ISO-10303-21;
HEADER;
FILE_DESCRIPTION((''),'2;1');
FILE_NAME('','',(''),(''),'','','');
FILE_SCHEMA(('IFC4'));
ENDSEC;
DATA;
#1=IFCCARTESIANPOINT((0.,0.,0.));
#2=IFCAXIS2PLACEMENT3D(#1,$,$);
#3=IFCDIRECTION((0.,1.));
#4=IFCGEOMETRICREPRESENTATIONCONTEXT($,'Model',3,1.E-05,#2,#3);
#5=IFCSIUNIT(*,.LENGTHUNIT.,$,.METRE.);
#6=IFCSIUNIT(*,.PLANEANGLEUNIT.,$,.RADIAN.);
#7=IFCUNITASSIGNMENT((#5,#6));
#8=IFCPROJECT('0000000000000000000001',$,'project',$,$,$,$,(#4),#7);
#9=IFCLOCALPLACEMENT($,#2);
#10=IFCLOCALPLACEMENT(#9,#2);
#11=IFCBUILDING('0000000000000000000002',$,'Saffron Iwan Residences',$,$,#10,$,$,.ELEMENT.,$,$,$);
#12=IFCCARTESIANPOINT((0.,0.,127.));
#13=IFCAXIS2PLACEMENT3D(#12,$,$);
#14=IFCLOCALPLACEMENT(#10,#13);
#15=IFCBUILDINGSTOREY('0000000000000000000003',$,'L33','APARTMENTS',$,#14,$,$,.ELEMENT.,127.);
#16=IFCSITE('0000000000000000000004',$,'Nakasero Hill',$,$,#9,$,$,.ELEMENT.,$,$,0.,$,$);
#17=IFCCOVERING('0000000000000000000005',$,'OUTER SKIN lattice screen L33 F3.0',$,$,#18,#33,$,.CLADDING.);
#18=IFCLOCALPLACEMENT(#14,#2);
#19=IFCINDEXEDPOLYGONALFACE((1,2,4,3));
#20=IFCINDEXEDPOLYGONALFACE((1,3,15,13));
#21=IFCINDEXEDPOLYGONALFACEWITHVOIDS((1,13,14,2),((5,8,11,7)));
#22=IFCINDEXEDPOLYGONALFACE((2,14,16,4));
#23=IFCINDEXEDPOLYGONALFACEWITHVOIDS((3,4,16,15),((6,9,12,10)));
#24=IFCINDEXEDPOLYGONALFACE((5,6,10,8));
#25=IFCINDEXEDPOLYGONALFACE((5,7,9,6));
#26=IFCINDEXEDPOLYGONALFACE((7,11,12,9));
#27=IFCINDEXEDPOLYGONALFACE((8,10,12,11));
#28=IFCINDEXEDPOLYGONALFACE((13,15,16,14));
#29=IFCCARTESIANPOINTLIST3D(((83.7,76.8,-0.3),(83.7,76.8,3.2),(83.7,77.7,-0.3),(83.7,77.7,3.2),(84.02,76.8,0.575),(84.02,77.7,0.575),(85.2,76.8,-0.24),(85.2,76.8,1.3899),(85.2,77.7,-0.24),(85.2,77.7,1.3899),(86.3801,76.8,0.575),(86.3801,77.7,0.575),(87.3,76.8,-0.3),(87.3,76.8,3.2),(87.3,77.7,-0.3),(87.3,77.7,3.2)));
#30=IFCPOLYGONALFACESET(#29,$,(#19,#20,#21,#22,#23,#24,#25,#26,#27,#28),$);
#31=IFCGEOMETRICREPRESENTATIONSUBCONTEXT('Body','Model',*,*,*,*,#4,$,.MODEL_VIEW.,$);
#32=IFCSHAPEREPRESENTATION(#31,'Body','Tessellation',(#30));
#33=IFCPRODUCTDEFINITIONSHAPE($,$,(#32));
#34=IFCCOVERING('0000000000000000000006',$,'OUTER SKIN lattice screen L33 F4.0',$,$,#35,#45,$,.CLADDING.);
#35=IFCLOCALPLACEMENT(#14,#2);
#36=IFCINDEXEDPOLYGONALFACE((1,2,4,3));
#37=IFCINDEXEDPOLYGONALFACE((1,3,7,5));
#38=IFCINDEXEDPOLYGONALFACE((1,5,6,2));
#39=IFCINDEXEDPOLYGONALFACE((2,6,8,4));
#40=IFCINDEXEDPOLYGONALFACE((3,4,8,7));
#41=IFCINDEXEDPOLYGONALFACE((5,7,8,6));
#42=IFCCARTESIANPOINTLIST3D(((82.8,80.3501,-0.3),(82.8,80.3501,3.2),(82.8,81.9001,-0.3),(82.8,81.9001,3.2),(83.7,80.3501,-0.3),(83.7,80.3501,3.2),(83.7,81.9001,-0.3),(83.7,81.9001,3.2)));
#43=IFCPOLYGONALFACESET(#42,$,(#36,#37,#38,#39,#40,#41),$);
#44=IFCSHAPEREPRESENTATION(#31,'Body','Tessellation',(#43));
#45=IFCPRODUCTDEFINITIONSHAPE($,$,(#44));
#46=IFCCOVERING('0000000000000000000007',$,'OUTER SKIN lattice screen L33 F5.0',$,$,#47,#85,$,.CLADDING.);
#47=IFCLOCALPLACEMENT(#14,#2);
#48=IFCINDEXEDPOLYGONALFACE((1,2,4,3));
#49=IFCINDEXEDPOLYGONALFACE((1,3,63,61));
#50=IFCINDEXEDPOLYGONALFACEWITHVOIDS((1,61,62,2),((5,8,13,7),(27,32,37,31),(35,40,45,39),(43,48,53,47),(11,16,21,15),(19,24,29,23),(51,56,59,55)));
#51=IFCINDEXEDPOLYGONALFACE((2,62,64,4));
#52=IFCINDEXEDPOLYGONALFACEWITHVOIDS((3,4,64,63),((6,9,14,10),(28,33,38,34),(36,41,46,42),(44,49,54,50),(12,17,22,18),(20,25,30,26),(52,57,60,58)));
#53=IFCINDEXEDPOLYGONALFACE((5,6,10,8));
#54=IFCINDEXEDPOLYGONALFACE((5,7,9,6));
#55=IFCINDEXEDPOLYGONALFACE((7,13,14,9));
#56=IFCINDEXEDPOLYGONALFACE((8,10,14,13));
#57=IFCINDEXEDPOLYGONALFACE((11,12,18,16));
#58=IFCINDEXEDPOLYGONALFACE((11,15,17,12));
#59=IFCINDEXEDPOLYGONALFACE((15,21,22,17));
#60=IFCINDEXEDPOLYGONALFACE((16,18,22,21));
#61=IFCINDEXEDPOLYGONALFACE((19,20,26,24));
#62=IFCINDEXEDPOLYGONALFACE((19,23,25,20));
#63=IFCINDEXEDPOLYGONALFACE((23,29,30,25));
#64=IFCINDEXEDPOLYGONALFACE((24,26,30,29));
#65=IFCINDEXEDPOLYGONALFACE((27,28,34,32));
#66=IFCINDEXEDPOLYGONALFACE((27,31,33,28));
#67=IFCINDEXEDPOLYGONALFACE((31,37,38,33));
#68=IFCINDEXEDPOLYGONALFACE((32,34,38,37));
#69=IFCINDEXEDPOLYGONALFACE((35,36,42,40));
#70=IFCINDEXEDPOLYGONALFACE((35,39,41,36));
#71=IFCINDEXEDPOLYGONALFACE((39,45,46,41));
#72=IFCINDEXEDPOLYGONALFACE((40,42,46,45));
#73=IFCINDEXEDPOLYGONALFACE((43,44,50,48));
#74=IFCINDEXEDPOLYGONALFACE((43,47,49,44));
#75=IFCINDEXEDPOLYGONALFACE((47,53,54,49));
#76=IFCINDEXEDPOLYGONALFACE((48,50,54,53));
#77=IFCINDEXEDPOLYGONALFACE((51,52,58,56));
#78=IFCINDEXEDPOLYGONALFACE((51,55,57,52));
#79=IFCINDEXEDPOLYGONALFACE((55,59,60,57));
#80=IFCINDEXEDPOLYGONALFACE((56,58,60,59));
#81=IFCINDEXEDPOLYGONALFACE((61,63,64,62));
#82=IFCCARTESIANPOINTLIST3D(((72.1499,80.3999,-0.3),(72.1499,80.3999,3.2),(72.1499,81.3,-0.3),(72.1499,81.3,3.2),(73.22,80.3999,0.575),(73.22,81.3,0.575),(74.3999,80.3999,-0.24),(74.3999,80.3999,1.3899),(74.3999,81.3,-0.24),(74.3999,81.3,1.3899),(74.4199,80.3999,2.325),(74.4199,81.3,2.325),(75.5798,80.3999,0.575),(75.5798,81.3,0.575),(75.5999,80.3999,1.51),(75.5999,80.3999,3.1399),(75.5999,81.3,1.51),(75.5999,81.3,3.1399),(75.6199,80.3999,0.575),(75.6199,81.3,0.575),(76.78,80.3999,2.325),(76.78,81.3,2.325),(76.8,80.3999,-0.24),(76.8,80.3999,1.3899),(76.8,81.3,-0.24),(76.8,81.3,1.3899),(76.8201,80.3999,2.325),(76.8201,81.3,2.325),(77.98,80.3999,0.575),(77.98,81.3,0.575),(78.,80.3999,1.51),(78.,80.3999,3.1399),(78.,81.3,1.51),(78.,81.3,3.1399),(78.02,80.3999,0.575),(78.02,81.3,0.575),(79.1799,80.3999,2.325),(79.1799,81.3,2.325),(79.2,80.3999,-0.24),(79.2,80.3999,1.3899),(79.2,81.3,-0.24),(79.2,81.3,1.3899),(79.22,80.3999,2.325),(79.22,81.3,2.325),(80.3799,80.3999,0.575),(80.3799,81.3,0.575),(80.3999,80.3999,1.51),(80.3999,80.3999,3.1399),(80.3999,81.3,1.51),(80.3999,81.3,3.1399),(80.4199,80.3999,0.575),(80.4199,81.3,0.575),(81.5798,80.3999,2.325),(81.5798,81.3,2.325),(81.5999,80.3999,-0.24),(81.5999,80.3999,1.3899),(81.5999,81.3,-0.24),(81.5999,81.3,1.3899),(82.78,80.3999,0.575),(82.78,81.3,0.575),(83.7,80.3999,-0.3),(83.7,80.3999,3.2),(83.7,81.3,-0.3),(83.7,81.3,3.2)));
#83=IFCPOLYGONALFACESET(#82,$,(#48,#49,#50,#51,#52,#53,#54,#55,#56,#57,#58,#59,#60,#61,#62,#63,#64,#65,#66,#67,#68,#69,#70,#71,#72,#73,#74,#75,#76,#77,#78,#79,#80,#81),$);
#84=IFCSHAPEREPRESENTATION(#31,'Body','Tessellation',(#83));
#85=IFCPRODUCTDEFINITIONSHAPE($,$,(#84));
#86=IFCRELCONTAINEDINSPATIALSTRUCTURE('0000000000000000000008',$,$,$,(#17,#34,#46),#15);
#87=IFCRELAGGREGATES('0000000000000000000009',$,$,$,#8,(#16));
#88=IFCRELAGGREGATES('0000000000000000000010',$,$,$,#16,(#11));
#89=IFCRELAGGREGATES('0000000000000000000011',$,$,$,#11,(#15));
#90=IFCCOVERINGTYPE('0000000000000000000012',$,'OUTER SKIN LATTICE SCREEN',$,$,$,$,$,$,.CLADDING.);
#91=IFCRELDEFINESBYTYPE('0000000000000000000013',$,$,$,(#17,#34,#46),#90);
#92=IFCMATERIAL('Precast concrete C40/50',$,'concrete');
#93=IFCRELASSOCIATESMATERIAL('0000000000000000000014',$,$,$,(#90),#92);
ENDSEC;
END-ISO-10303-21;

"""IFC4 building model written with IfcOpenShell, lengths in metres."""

from ifc_helpers import new_model, si_unit, direction, frame, origin, place, context, subcontext, project, spatial, polyline, outline, extrude, material, type_object, element, save


model = new_model("IFC4")

# Units and contexts
model_context = context("Model", 3, precision=1e-05, world=origin(), true_north=direction((0.0, 1.0)))
body_context = subcontext(model_context, "Body", "Model", "MODEL_VIEW")
ifc_project = project(units=[si_unit("LENGTHUNIT", "METRE"), si_unit("PLANEANGLEUNIT", "RADIAN")], contexts=[model_context])

# Site, building, storey
site_placement = place(None, origin())
site = spatial("IfcSite", under=ifc_project, at=site_placement, Name="Nakasero Hill", CompositionType="ELEMENT", RefElevation=0.0)
building_placement = place(site_placement, origin())
building = spatial("IfcBuilding", under=site, at=building_placement, Name="Saffron Iwan Residences", CompositionType="ELEMENT")
storey_placement = place(building_placement, frame((0.0, 0.0, 127.0)))
storey = spatial("IfcBuildingStorey", under=building, at=storey_placement, Name="L33", Description="APARTMENTS", CompositionType="ELEMENT", Elevation=127.0)

# Coverings
ifc_material_1 = material(Name="Precast concrete C40/50", Category="concrete")
covering_type_1 = type_object("IfcCoveringType", Name="OUTER SKIN LATTICE SCREEN", PredefinedType="CLADDING", material=ifc_material_1)
covering_1_placement = place(storey_placement, frame((87.3, 76.8, -0.3), z_axis=(0.0, 1.0, 0.0), x_axis=(-1.0, 0.0, 0.0)))
element("IfcCovering", 1, at=covering_1_placement, inside=storey, type_object=covering_type_1, Name="OUTER SKIN lattice screen L33 F3.0", PredefinedType="CLADDING", context=body_context, shape_type="SweptSolid", body=[
    extrude(outline(polyline([(0.0, 0.0), (3.6001, 0.0), (3.6001, 3.5), (0.0, 3.5), (0.0, 0.0)]), holes=[polyline([(0.9199, 0.875), (2.1001, 0.0601), (3.28, 0.875), (2.1001, 1.6899), (0.9199, 0.875)])]), origin(), (0.0, 0.0, 1.0), 0.8999),
])
covering_2_placement = place(storey_placement, frame((82.8, 80.3501, -0.3), z_axis=(1.0, 0.0, 0.0), x_axis=(0.0, 1.0, 0.0)))
element("IfcCovering", 2, at=covering_2_placement, inside=storey, type_object=covering_type_1, Name="OUTER SKIN lattice screen L33 F4.0", PredefinedType="CLADDING", context=body_context, shape_type="SweptSolid", body=[
    extrude(outline(polyline([(0.0, 0.0), (1.55, 0.0), (1.55, 3.5), (0.0, 3.5), (0.0, 0.0)])), origin(), (0.0, 0.0, 1.0), 0.8999),
])
covering_3_placement = place(storey_placement, frame((83.7, 80.3999, -0.3), z_axis=(0.0, 1.0, 0.0), x_axis=(-1.0, 0.0, 0.0)))
element("IfcCovering", 3, at=covering_3_placement, inside=storey, type_object=covering_type_1, Name="OUTER SKIN lattice screen L33 F5.0", PredefinedType="CLADDING", context=body_context, shape_type="SweptSolid", body=[
    extrude(outline(polyline([(0.0, 0.0), (11.55, 0.0), (11.55, 3.5), (0.0, 3.5), (0.0, 0.0)]), holes=[polyline([(0.9199, 0.875), (2.1001, 0.0601), (3.28, 0.875), (2.1001, 1.6899), (0.9199, 0.875)]), polyline([(3.3201, 0.875), (4.5, 0.0601), (5.6799, 0.875), (4.5, 1.6899), (3.3201, 0.875)]), polyline([(5.72, 0.875), (6.8999, 0.0601), (8.0801, 0.875), (6.8999, 1.6899), (5.72, 0.875)]), polyline([(8.1201, 0.875), (9.3, 0.0601), (10.48, 0.875), (9.3, 1.6899), (8.1201, 0.875)]), polyline([(2.1201, 2.625), (3.3, 1.8101), (4.48, 2.625), (3.3, 3.4399), (2.1201, 2.625)]), polyline([(4.52, 2.625), (5.7, 1.8101), (6.8799, 2.625), (5.7, 3.4399), (4.52, 2.625)]), polyline([(6.9199, 2.625), (8.1001, 1.8101), (9.28, 2.625), (8.1001, 3.4399), (6.9199, 2.625)])]), origin(), (0.0, 0.0, 1.0), 0.9001),
])

save(model, "model.ifc")
